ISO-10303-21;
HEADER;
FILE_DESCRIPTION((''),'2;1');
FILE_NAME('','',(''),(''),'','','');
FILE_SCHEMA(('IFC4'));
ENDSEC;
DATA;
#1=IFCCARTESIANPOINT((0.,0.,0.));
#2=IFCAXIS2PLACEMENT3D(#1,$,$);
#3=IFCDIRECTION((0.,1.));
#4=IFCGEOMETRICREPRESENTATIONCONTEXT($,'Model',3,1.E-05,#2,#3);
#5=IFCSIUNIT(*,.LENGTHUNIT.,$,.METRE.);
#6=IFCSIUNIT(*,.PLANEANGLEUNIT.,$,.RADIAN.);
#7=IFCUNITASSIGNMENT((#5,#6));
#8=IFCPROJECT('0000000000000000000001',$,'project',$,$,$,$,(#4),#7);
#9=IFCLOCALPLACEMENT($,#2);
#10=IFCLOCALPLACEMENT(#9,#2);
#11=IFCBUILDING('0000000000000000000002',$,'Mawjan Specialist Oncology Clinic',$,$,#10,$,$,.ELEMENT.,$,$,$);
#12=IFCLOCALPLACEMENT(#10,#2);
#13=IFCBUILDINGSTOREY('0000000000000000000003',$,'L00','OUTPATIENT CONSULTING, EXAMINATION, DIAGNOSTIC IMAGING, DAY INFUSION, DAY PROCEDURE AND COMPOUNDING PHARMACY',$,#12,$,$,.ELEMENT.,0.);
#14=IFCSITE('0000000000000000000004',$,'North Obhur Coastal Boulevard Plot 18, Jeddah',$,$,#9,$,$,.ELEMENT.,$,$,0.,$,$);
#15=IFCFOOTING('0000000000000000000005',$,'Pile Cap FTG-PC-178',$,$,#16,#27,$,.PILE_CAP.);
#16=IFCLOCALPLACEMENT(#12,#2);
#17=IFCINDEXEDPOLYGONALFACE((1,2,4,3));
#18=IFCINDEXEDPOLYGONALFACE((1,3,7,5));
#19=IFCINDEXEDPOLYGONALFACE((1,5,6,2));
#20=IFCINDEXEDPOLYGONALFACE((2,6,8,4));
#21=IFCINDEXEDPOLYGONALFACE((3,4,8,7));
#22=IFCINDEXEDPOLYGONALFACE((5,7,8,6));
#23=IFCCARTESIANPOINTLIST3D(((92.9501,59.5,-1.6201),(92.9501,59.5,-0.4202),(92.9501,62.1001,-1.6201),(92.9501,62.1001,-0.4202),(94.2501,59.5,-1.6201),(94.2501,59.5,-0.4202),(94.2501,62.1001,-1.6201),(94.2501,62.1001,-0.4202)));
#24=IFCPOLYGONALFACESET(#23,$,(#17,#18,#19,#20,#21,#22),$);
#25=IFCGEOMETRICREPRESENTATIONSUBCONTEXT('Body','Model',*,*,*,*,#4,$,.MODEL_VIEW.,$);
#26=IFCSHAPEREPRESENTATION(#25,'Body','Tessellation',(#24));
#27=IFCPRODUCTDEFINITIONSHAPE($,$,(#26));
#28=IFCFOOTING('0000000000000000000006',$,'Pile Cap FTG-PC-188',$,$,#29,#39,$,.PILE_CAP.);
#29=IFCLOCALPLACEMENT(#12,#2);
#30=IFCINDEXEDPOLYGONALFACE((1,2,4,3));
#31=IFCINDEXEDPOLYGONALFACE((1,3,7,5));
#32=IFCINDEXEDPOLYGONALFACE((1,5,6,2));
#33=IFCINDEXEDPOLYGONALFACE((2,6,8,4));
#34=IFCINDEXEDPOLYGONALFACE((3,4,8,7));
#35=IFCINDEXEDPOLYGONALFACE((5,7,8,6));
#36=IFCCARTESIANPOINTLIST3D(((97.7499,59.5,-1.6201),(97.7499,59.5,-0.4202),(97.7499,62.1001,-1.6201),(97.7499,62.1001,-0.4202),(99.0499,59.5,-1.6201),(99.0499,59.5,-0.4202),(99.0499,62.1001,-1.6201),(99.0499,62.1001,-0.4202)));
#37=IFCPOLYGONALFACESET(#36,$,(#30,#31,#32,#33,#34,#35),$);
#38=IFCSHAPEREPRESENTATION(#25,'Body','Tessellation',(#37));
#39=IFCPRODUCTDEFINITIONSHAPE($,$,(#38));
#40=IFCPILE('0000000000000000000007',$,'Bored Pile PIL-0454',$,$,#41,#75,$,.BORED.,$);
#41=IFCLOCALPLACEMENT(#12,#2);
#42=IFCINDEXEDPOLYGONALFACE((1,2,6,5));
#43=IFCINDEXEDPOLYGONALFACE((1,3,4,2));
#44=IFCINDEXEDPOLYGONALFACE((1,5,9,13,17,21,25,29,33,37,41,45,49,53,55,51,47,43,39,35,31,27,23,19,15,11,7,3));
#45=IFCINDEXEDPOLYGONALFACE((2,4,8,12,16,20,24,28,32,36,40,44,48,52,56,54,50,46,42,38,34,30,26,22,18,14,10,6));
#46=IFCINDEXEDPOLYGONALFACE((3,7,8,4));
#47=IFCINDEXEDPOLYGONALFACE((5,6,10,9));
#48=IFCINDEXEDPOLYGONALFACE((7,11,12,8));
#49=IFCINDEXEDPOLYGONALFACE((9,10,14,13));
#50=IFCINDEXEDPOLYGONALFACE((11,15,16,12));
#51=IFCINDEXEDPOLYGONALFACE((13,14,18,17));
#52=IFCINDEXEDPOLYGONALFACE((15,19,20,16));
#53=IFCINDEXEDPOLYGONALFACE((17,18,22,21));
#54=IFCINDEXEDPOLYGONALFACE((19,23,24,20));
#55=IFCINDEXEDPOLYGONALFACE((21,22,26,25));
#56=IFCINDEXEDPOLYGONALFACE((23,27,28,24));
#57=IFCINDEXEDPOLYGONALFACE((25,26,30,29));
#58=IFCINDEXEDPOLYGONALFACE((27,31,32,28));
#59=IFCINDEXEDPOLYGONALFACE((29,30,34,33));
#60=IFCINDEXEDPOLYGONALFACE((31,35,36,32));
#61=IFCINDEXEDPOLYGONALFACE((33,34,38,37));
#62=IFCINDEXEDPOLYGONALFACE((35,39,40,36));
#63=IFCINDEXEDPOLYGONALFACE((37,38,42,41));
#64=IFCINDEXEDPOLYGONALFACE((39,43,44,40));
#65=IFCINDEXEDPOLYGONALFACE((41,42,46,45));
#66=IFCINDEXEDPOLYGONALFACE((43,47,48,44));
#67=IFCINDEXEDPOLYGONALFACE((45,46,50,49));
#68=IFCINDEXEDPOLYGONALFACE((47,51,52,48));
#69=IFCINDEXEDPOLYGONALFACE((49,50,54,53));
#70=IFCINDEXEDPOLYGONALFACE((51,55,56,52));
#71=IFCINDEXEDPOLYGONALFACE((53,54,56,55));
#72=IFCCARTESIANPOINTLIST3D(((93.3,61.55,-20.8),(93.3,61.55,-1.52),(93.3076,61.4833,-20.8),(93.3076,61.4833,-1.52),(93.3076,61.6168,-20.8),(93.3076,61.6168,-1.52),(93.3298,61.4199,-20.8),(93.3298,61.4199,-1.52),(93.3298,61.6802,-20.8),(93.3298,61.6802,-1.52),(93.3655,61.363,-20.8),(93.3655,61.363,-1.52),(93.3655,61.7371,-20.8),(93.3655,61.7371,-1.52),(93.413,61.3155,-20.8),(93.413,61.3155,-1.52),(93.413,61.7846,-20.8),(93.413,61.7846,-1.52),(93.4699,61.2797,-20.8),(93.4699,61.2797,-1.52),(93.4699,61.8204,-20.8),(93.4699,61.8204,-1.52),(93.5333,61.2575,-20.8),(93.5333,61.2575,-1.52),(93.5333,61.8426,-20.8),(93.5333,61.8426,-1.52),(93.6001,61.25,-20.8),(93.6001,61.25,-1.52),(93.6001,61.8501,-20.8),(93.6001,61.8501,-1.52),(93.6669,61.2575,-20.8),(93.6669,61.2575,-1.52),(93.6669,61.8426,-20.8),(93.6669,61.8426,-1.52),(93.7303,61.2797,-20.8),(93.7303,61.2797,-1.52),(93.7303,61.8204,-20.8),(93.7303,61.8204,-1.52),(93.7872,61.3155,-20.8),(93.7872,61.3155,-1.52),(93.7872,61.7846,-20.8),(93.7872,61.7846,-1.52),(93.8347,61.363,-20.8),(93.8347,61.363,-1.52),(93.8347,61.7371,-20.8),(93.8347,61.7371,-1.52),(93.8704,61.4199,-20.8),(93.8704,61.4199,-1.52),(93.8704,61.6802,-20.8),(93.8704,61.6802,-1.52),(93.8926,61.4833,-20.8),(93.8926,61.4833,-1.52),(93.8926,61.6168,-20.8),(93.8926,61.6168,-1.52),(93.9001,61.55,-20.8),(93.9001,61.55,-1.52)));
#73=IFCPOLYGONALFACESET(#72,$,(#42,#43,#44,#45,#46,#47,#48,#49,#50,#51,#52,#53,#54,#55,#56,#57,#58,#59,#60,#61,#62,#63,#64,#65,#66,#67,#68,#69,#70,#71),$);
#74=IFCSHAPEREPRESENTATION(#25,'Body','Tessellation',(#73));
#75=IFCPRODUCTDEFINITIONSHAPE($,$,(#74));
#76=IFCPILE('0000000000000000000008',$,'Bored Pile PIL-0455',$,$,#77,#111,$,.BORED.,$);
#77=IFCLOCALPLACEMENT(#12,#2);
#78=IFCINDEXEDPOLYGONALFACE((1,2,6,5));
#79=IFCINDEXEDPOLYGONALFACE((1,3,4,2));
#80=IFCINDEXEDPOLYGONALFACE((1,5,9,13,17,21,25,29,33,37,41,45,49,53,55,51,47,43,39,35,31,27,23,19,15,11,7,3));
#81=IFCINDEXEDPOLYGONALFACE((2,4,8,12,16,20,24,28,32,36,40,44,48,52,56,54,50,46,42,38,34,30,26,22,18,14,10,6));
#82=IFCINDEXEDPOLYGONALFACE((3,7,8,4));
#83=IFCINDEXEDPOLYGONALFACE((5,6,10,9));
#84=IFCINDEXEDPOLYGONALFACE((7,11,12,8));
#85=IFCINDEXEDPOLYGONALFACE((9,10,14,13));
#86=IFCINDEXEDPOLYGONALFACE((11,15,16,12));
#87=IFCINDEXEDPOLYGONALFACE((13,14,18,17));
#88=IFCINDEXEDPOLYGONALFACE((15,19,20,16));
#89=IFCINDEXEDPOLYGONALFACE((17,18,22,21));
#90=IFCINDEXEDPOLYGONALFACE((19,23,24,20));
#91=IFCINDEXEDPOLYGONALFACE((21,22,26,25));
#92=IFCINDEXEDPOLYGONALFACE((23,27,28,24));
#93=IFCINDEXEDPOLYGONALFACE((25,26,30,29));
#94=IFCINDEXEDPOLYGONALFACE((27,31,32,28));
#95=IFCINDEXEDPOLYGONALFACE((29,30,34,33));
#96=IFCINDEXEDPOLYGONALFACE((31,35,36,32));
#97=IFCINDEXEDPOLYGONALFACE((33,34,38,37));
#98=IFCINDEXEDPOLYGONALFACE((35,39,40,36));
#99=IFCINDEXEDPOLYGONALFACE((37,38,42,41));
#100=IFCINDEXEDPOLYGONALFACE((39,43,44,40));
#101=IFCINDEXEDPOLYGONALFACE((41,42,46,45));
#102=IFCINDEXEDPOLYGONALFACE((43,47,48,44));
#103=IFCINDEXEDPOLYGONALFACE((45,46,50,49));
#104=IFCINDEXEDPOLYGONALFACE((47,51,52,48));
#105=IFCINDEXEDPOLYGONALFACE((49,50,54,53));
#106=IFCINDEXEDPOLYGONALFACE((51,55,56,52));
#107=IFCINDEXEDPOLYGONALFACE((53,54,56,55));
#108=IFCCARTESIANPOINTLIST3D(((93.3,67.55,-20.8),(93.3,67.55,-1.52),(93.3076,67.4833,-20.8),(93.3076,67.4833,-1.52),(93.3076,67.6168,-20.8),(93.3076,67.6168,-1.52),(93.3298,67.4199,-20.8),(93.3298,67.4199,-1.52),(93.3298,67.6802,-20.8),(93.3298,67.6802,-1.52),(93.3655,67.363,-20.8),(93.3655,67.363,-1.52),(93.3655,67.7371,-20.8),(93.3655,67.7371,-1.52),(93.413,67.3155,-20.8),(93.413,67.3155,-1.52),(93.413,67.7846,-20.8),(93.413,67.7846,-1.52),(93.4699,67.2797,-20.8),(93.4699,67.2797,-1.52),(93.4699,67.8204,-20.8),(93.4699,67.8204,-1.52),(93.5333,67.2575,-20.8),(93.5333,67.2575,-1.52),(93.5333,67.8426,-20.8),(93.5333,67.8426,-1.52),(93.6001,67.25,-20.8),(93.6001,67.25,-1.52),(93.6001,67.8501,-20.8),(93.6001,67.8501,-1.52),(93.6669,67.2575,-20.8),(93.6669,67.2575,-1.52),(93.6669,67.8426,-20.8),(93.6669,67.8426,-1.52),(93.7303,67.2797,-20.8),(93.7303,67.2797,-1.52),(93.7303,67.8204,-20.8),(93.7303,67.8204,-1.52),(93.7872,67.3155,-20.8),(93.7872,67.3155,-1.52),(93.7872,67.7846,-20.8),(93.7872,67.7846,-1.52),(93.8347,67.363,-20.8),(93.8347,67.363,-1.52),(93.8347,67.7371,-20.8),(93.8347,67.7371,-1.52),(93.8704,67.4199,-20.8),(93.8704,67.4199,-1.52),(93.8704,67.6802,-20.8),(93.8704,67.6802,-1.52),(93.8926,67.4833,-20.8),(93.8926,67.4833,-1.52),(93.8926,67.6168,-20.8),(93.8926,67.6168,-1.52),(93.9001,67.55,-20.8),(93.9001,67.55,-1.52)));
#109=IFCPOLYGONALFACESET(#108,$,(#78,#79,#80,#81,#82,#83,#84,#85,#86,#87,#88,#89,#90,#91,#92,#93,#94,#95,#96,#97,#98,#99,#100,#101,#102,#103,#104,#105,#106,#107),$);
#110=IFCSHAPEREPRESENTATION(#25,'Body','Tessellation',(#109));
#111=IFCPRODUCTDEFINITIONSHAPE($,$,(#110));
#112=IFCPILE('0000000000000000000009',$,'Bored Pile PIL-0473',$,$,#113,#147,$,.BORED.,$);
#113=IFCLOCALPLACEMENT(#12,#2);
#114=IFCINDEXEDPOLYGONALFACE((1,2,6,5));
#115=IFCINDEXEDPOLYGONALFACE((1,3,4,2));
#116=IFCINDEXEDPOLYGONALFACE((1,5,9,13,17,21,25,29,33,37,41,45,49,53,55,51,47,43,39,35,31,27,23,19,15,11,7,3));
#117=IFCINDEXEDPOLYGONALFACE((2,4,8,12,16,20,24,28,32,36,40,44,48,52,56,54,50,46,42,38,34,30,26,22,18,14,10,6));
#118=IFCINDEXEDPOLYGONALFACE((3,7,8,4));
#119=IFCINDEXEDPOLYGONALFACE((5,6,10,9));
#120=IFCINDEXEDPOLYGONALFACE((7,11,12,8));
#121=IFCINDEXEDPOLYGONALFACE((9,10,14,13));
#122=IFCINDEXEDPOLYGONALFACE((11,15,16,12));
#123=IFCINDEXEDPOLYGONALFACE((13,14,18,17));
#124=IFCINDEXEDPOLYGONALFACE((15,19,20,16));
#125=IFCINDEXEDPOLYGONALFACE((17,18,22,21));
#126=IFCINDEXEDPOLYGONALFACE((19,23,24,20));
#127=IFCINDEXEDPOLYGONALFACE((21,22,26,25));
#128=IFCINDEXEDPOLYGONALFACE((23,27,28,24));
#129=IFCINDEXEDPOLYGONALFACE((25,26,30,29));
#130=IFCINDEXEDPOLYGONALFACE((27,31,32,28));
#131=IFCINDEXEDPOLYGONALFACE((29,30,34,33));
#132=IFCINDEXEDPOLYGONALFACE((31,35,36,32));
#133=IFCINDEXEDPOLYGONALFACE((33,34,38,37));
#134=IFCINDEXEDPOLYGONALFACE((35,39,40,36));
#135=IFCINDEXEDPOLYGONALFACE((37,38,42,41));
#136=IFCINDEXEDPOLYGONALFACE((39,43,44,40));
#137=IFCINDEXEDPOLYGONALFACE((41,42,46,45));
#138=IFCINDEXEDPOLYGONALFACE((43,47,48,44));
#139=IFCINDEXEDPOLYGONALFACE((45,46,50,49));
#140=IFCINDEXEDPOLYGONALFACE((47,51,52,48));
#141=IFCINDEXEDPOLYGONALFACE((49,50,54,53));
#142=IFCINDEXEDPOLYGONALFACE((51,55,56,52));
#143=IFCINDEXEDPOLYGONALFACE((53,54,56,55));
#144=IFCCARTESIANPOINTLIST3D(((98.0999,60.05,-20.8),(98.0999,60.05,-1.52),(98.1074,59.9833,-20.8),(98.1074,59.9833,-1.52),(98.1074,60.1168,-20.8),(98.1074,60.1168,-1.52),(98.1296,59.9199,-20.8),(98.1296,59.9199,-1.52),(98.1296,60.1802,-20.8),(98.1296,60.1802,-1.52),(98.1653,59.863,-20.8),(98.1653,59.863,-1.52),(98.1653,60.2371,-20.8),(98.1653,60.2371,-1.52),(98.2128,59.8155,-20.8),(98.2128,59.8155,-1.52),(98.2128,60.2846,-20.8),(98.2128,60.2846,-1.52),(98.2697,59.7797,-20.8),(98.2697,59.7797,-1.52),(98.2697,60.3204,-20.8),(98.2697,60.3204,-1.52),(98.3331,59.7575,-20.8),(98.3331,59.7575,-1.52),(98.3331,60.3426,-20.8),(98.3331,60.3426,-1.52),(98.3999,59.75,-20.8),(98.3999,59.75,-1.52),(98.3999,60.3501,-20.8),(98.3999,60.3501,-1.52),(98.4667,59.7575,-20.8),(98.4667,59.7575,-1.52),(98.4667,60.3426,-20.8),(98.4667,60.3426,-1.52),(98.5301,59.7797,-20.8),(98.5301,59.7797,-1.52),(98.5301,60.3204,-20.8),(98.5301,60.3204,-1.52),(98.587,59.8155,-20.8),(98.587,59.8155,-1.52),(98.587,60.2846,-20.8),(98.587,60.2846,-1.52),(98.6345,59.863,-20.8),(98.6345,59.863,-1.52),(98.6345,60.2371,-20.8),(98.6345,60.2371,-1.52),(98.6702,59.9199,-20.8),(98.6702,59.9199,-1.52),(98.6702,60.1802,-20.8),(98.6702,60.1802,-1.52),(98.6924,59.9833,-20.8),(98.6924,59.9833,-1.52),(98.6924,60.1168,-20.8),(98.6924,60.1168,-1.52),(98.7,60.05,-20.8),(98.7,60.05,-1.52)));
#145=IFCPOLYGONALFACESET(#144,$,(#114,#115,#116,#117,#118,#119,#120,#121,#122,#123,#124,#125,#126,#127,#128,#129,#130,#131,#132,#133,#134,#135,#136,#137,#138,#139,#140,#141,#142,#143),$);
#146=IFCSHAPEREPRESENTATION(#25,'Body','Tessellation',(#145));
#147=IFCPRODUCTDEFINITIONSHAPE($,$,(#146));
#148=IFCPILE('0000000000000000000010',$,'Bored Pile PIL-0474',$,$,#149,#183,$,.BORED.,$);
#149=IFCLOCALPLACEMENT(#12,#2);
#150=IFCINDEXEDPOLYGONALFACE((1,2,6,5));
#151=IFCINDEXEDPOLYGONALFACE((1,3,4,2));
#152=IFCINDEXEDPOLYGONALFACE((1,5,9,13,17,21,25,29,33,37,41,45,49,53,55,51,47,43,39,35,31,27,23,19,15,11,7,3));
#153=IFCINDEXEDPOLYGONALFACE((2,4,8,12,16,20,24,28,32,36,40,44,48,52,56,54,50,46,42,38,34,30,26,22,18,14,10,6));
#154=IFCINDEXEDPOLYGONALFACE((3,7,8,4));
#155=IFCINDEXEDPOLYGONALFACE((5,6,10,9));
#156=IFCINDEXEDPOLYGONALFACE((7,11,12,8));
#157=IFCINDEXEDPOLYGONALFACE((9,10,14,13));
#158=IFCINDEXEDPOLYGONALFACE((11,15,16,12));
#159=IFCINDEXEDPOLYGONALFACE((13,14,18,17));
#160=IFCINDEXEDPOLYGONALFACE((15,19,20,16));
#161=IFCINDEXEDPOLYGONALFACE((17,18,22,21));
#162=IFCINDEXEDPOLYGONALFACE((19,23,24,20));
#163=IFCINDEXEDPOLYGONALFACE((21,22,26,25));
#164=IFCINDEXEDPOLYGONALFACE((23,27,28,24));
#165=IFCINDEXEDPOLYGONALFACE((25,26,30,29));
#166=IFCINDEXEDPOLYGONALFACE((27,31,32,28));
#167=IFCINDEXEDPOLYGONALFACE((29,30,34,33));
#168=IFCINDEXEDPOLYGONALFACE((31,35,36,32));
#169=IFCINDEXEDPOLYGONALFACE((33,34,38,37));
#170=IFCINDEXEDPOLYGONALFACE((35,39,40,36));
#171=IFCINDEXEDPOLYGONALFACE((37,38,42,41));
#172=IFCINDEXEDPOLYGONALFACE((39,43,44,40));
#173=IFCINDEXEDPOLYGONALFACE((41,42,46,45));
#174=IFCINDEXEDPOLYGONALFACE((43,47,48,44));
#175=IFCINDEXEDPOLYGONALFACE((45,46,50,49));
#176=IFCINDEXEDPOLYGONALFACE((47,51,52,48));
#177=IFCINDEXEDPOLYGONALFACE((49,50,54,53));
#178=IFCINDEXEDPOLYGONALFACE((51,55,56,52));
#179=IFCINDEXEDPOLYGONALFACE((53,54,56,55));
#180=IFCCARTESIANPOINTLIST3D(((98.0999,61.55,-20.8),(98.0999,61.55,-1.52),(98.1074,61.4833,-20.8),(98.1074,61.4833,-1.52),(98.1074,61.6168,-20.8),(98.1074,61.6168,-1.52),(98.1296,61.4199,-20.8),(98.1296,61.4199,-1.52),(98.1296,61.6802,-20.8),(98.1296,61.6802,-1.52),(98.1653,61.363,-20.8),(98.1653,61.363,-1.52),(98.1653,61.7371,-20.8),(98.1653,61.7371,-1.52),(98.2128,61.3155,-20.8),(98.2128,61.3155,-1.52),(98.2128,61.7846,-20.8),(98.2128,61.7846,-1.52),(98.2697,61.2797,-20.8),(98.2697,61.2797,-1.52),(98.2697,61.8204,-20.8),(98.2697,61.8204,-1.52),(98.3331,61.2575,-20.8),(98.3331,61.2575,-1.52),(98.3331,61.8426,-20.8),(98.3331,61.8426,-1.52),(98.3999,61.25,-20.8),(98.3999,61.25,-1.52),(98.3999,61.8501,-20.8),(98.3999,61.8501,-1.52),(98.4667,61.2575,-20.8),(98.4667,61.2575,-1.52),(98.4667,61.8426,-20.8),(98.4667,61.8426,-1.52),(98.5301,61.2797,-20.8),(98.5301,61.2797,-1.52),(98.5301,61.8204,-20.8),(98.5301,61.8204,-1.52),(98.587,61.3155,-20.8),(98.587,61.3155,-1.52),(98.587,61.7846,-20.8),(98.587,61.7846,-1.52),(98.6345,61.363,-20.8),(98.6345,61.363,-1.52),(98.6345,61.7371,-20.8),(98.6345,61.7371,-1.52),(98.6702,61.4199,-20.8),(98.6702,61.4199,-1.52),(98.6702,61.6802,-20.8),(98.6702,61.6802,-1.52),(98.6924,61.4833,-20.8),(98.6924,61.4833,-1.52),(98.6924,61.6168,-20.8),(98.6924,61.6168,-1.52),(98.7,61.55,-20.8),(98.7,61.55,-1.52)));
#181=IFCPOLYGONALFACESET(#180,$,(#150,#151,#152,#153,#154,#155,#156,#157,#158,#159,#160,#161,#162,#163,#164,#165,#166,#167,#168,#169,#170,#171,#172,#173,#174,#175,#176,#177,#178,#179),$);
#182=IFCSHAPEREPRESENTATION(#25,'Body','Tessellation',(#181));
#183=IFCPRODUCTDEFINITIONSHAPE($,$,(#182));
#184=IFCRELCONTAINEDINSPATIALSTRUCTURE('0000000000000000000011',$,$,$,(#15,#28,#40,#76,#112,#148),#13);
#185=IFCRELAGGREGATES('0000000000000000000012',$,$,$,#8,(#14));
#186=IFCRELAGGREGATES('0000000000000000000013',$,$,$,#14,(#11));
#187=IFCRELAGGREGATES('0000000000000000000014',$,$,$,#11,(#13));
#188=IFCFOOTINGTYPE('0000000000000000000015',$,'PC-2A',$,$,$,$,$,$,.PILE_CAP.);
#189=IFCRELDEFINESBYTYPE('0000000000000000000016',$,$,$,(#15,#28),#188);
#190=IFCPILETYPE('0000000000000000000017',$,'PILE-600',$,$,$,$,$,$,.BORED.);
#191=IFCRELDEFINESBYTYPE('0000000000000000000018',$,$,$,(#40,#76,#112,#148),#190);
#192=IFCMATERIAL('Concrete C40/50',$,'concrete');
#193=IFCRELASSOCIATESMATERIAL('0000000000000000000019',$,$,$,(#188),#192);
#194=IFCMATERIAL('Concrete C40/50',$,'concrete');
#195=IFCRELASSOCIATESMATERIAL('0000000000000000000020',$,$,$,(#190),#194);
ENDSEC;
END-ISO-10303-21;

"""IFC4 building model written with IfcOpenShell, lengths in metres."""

from ifc_helpers import new_model, si_unit, direction, frame, origin, origin_2d, place, context, subcontext, project, spatial, rectangle, circle, extrude, material, material_profile, profile_set, type_object, element, save


model = new_model("IFC4")

# Units and contexts
model_context = context("Model", 3, precision=1e-05, world=origin(), true_north=direction((0.0, 1.0)))
body_context = subcontext(model_context, "Body", "Model", "MODEL_VIEW")
ifc_project = project(units=[si_unit("LENGTHUNIT", "METRE"), si_unit("PLANEANGLEUNIT", "RADIAN")], contexts=[model_context])

# Site, building, storey
site_placement = place(None, origin())
site = spatial("IfcSite", under=ifc_project, at=site_placement, Name="North Obhur Coastal Boulevard Plot 18, Jeddah", CompositionType="ELEMENT", RefElevation=0.0)
building_placement = place(site_placement, origin())
building = spatial("IfcBuilding", under=site, at=building_placement, Name="Mawjan Specialist Oncology Clinic", CompositionType="ELEMENT")
storey_placement = place(building_placement, origin())
storey = spatial("IfcBuildingStorey", under=building, at=storey_placement, Name="L00", Description="OUTPATIENT CONSULTING, EXAMINATION, DIAGNOSTIC IMAGING, DAY INFUSION, DAY PROCEDURE AND COMPOUNDING PHARMACY", CompositionType="ELEMENT", Elevation=0.0)

# Footings
ifc_material_1 = material(Name="Concrete C40/50", Category="concrete")
footing_type_1 = type_object("IfcFootingType", Name="PC-2A", PredefinedType="PILE_CAP", material=ifc_material_1)
for number, where, z_axis, x_axis, name in (
    (1, (93.6001, 60.8, -1.6201), (0.0, 0.0, 1.0), (0.0, 1.0, 0.0), "Pile Cap FTG-PC-178"),
    (2, (98.3999, 60.8, -1.6201), (0.0, 0.0, 1.0), (0.0, 1.0, 0.0), "Pile Cap FTG-PC-188"),
):
    element("IfcFooting", number, at=place(storey_placement, frame(where, z_axis=z_axis, x_axis=x_axis)), inside=storey, type_object=footing_type_1, Name=name, PredefinedType="PILE_CAP", context=body_context, shape_type="SweptSolid", body=[
        extrude(rectangle(XDim=2.6001, YDim=1.3, at=origin_2d()), origin(), (0.0, 0.0, 1.0), 1.2),
    ])

# Piles
ifc_material_2 = material(Name="Concrete C40/50", Category="concrete")
ifc_material_profile_1 = material_profile(ifc_material_2, circle(Radius=0.3, at=origin_2d()), Name="BORED PILE D600", Category="concrete")
ifc_profile_set_1 = profile_set([ifc_material_profile_1], Name="Concrete C40/50")
pile_type = type_object("IfcPileType", Name="PILE-600", PredefinedType="BORED", material=ifc_profile_set_1)
for number, where, z_axis, x_axis, name in (
    (3, (93.6001, 61.55, -1.52), (0.0, 0.0, -1.0), (1.0, 0.0, 0.0), "Bored Pile PIL-0454"),
    (4, (93.6001, 67.55, -1.52), (0.0, 0.0, -1.0), (1.0, 0.0, 0.0), "Bored Pile PIL-0455"),
    (5, (98.3999, 60.05, -1.52), (0.0, 0.0, -1.0), (1.0, 0.0, 0.0), "Bored Pile PIL-0473"),
    (6, (98.3999, 61.55, -1.52), (0.0, 0.0, -1.0), (1.0, 0.0, 0.0), "Bored Pile PIL-0474"),
):
    element("IfcPile", number, at=place(storey_placement, frame(where, z_axis=z_axis, x_axis=x_axis)), inside=storey, type_object=pile_type, Name=name, PredefinedType="BORED", context=body_context, shape_type="SweptSolid", body=[
        extrude(circle(Radius=0.3, at=origin_2d()), origin(), (0.0, 0.0, 1.0), 19.28),
    ])

save(model, "model.ifc")
